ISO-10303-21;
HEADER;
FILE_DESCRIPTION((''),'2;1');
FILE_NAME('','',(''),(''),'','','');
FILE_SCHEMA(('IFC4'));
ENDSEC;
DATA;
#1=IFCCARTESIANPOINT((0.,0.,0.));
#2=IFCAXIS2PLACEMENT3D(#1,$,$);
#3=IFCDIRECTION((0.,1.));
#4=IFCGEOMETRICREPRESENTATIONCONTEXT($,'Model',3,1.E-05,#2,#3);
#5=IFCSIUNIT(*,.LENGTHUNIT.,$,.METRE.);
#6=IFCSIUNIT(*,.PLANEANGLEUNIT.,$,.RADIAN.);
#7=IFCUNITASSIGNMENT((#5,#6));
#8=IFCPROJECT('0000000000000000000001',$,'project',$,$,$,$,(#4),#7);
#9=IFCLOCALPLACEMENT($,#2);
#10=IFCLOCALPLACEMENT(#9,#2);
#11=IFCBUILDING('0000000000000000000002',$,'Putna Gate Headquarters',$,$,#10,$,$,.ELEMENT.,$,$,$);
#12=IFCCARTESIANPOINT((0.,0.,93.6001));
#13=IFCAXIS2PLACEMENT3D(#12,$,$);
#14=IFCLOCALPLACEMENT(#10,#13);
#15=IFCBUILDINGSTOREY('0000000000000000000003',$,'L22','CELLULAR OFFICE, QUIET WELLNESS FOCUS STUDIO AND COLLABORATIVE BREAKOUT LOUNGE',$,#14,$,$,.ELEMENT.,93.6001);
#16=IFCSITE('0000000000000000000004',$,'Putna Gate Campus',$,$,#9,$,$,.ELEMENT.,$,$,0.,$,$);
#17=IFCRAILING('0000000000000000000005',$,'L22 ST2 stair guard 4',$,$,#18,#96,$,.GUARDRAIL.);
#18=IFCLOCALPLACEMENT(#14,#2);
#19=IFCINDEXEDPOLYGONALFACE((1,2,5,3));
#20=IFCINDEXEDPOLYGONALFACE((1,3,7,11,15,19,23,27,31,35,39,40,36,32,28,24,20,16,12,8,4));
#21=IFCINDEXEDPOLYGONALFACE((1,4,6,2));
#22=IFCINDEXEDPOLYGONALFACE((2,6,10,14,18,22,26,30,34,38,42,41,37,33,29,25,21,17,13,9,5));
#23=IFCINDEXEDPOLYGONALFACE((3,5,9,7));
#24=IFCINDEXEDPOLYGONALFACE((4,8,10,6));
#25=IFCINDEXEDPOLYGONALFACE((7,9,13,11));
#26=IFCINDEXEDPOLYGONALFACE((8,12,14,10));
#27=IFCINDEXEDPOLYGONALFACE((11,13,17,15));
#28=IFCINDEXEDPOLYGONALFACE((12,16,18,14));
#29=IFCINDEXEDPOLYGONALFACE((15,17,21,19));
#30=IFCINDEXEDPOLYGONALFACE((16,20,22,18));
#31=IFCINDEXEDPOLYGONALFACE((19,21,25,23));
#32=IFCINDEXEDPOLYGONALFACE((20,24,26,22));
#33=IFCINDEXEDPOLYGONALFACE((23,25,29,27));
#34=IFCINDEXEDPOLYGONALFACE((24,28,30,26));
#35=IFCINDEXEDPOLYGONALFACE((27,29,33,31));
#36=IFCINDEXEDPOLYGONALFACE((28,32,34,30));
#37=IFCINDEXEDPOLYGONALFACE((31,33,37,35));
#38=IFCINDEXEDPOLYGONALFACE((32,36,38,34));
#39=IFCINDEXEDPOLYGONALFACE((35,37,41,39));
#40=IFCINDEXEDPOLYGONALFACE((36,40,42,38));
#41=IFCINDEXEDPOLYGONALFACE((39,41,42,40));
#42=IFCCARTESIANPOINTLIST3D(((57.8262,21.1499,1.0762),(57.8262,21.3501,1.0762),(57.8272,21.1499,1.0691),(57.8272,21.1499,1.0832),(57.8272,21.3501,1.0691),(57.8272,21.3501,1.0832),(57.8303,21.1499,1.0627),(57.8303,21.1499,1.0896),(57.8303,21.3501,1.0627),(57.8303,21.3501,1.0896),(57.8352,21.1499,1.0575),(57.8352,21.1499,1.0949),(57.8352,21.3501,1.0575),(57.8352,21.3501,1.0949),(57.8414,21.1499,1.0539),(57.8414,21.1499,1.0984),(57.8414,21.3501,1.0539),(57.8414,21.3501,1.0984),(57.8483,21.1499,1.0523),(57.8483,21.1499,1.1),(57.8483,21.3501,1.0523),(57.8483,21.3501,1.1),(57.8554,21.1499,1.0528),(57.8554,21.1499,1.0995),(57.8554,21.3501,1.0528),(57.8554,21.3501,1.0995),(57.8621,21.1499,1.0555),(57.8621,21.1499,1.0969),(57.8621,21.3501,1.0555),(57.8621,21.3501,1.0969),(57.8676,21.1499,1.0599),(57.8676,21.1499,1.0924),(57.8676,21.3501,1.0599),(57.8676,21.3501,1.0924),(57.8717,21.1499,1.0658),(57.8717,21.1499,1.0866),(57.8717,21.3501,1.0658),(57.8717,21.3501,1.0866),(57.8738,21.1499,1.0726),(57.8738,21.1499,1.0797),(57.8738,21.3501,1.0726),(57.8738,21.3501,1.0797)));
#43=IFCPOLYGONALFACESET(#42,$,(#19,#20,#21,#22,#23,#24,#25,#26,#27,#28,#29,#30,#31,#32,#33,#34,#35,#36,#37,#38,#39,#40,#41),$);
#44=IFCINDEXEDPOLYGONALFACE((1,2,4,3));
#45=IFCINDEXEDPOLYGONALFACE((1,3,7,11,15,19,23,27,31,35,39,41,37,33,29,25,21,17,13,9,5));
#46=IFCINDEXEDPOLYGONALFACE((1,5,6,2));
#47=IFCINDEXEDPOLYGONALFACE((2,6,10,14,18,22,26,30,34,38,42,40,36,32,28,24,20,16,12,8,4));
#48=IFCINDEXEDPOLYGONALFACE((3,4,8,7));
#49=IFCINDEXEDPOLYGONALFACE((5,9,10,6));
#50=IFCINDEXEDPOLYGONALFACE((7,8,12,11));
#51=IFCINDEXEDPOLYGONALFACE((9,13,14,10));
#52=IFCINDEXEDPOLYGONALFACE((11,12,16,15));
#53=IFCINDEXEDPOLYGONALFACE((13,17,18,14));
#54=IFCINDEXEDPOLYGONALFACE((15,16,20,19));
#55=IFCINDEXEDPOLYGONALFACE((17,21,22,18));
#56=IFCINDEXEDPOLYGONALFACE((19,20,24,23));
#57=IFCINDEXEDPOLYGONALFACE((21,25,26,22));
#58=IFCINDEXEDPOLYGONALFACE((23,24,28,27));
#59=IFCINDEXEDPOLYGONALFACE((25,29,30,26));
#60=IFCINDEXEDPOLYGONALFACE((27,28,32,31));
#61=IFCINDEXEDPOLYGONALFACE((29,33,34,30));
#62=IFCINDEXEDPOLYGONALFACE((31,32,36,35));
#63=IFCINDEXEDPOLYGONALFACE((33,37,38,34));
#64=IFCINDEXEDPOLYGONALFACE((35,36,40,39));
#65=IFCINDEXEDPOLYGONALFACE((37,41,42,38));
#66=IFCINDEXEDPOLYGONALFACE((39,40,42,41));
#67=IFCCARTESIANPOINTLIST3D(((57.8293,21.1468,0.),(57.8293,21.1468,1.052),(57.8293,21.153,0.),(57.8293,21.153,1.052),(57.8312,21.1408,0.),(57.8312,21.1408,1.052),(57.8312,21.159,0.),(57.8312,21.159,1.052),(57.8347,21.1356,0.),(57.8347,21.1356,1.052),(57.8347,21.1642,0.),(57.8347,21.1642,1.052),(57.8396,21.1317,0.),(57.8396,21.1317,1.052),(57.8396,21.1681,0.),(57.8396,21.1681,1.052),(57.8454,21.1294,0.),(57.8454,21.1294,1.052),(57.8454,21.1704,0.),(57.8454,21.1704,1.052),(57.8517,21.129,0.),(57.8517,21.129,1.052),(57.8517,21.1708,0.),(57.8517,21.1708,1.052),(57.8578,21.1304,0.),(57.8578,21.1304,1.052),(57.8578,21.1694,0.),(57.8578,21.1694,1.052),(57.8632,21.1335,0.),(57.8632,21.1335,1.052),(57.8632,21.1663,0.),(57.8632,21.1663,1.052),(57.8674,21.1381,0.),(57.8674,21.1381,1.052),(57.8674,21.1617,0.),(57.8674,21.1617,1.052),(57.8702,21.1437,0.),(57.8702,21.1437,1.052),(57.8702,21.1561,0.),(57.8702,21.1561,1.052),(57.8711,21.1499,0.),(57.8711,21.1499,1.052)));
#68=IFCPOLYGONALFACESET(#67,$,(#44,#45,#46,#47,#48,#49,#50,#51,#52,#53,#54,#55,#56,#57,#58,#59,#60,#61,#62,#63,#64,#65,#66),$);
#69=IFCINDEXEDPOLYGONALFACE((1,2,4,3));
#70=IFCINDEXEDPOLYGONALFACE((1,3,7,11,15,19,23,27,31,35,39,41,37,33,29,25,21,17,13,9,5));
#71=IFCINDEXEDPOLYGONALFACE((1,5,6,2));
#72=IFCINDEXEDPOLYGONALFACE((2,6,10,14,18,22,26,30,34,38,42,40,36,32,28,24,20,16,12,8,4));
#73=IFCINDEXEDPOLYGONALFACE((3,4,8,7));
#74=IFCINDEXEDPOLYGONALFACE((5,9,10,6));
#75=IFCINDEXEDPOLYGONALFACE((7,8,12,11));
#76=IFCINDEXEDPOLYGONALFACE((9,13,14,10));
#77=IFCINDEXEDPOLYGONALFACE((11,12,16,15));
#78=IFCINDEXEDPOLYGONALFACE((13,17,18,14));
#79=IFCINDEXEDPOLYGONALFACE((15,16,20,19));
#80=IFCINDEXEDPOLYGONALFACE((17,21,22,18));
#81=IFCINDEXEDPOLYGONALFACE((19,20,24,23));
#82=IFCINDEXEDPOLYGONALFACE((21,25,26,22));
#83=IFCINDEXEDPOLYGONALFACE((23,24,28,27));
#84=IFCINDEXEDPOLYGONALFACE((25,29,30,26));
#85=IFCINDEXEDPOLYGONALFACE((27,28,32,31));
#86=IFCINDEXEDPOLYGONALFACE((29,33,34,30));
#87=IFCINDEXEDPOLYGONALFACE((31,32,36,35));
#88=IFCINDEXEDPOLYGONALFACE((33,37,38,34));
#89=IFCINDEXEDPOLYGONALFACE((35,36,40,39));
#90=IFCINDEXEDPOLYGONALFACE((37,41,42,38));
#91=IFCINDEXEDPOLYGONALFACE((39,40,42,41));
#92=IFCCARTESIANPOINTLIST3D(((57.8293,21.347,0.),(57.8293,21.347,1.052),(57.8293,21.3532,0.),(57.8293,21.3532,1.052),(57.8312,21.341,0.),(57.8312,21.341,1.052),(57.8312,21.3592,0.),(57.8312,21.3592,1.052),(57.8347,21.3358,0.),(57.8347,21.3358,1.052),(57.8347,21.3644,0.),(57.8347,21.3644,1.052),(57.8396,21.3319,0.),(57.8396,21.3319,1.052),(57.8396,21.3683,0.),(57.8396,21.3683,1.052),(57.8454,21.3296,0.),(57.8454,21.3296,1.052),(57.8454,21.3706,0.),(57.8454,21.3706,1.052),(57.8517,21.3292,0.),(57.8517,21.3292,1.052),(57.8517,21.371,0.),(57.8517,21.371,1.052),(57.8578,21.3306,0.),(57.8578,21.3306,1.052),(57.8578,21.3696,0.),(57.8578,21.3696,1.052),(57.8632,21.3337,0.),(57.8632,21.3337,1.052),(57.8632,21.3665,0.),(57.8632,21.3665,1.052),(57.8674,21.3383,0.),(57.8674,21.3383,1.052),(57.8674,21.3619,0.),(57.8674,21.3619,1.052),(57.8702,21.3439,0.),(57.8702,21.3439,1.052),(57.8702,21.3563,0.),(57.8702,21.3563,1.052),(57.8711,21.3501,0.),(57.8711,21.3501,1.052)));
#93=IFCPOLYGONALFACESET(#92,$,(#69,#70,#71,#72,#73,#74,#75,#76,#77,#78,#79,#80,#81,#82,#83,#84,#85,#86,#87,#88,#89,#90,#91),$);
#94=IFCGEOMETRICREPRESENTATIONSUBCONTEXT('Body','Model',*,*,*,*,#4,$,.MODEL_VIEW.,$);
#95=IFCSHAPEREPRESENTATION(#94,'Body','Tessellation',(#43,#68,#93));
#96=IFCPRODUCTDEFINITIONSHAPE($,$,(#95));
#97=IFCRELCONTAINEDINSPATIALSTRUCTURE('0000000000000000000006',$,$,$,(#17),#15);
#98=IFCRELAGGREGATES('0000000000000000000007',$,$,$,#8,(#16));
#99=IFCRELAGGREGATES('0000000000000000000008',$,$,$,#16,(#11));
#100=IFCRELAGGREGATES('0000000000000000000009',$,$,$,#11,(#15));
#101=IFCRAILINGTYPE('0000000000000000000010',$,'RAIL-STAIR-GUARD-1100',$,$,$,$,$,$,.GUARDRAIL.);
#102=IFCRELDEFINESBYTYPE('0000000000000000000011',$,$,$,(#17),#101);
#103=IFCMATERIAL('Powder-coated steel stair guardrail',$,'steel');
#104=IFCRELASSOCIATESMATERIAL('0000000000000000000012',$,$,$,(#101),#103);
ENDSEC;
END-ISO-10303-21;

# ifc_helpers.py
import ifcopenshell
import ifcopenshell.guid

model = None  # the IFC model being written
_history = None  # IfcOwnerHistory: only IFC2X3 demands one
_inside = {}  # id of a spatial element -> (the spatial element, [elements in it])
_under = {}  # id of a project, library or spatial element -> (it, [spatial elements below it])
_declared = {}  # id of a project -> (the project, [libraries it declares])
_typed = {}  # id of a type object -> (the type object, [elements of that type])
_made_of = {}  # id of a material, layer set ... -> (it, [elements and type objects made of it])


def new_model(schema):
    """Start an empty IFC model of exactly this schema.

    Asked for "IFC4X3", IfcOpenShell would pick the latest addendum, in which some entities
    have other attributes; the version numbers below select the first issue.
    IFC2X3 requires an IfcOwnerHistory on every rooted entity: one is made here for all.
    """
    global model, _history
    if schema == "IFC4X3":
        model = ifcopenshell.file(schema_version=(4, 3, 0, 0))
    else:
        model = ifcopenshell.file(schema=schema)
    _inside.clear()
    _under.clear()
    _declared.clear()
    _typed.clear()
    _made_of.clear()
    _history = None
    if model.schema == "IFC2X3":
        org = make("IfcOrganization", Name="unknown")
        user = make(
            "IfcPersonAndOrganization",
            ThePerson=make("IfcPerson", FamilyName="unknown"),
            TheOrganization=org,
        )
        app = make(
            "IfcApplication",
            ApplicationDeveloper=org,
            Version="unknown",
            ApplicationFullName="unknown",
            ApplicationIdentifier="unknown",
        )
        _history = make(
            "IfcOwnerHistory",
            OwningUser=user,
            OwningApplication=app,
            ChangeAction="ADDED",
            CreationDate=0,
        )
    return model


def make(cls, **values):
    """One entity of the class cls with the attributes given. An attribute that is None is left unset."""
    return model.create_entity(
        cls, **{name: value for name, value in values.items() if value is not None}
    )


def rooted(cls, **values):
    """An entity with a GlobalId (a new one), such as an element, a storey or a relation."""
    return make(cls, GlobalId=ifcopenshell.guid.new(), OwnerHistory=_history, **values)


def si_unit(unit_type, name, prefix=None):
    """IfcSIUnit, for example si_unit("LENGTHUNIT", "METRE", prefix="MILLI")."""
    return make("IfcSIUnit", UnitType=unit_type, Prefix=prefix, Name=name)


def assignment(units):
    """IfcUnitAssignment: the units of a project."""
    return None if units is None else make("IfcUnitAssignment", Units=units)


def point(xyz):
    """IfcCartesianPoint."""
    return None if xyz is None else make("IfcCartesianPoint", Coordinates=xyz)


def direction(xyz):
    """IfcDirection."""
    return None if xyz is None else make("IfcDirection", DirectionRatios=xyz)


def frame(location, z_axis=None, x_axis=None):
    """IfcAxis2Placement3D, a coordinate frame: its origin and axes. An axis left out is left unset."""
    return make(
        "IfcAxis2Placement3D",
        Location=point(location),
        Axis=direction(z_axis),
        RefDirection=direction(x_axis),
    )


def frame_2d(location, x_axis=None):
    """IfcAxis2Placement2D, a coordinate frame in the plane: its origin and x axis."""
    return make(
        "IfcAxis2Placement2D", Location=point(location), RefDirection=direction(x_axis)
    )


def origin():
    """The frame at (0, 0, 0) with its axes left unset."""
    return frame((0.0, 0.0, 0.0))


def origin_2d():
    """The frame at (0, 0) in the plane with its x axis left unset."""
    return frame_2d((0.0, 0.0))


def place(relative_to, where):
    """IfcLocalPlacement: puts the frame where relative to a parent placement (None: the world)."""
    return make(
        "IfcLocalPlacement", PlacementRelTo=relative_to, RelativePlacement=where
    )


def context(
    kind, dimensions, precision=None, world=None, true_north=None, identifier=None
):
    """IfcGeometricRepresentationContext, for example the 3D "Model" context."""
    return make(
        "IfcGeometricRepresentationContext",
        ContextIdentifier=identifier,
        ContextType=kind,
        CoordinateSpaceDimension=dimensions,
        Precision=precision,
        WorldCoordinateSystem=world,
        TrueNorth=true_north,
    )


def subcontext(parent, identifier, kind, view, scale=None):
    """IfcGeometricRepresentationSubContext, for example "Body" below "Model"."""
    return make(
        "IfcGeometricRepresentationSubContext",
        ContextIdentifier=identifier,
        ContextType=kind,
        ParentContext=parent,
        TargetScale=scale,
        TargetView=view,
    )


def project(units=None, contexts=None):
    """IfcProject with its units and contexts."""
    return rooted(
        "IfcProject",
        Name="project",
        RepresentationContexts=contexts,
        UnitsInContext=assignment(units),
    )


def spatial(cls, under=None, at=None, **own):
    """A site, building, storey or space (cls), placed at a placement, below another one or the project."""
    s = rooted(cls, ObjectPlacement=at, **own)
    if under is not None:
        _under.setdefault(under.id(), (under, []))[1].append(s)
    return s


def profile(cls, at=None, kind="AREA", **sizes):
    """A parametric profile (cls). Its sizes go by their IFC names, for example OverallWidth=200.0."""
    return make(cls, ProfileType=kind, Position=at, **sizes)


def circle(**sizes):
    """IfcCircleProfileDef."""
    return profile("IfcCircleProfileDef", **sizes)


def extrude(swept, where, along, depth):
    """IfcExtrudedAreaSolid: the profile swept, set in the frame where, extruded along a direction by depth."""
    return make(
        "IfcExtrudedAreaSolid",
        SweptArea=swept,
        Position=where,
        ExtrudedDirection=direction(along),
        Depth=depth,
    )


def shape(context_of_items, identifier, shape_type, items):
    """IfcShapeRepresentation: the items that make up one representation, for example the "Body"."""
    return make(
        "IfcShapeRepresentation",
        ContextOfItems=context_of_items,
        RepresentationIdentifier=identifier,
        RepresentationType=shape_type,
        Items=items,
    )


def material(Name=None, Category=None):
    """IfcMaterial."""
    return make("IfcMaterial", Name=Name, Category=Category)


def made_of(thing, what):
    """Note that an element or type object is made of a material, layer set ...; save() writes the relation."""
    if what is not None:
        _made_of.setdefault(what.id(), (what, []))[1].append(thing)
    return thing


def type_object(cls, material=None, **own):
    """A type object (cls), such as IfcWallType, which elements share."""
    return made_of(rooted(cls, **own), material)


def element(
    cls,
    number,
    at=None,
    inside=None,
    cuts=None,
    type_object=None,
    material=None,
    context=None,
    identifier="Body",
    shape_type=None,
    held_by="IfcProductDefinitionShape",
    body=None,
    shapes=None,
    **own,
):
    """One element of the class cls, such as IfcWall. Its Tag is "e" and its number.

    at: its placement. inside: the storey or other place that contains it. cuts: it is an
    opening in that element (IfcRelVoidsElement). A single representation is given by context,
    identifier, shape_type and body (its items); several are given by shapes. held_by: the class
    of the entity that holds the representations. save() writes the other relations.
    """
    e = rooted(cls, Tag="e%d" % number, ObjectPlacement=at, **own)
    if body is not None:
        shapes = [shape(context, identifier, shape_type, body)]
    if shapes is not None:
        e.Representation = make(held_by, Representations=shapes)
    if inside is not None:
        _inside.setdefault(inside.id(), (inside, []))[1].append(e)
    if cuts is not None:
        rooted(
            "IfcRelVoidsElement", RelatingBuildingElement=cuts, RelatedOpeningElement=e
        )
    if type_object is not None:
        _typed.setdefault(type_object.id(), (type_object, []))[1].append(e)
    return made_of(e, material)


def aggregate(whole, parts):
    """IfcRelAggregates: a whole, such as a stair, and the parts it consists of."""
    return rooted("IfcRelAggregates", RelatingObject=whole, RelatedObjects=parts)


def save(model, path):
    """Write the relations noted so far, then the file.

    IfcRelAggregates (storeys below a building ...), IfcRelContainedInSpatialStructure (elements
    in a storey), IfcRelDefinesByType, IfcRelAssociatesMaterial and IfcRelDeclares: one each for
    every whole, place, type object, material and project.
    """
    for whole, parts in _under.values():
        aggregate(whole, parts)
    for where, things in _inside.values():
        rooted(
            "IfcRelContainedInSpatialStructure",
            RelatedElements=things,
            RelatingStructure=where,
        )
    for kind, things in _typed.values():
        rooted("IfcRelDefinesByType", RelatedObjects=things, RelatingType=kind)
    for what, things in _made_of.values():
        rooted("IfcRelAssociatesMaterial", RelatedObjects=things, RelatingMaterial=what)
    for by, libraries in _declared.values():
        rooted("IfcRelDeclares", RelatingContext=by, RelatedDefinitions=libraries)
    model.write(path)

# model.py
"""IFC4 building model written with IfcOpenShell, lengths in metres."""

from ifc_helpers import new_model, si_unit, direction, frame, origin, origin_2d, place, context, subcontext, project, spatial, circle, extrude, material, type_object, element, save


model = new_model("IFC4")

# Units and contexts
model_context = context("Model", 3, precision=1e-05, world=origin(), true_north=direction((0.0, 1.0)))
body_context = subcontext(model_context, "Body", "Model", "MODEL_VIEW")
ifc_project = project(units=[si_unit("LENGTHUNIT", "METRE"), si_unit("PLANEANGLEUNIT", "RADIAN")], contexts=[model_context])

# Site, building, storey
site_placement = place(None, origin())
site = spatial("IfcSite", under=ifc_project, at=site_placement, Name="Putna Gate Campus", CompositionType="ELEMENT", RefElevation=0.0)
building_placement = place(site_placement, origin())
building = spatial("IfcBuilding", under=site, at=building_placement, Name="Putna Gate Headquarters", CompositionType="ELEMENT")
storey_placement = place(building_placement, frame((0.0, 0.0, 93.6001)))
storey = spatial("IfcBuildingStorey", under=building, at=storey_placement, Name="L22", Description="CELLULAR OFFICE, QUIET WELLNESS FOCUS STUDIO AND COLLABORATIVE BREAKOUT LOUNGE", CompositionType="ELEMENT", Elevation=93.6001)

# Railing
ifc_material_1 = material(Name="Powder-coated steel stair guardrail", Category="steel")
railing_type_1 = type_object("IfcRailingType", Name="RAIL-STAIR-GUARD-1100", PredefinedType="GUARDRAIL", material=ifc_material_1)
railing_1_placement = place(storey_placement, frame((57.8501, 21.1499, 0.0)))
element("IfcRailing", 1, at=railing_1_placement, inside=storey, type_object=railing_type_1, Name="L22 ST2 stair guard 4", PredefinedType="GUARDRAIL", context=body_context, shape_type="SweptSolid", body=[
    extrude(circle(Radius=0.0239, at=origin_2d()), frame((0.0, 0.0, 1.0762), z_axis=(0.0, 1.0, 0.0), x_axis=(-1.0, 0.0, 0.0)), (0.0, 0.0, 1.0), 0.2002),
    extrude(circle(Radius=0.021, at=origin_2d()), origin(), (0.0, 0.0, 1.0), 1.052),
    extrude(circle(Radius=0.021, at=origin_2d()), frame((0.0, 0.2002, 0.0)), (0.0, 0.0, 1.0), 1.052),
])

save(model, "model.ifc")
